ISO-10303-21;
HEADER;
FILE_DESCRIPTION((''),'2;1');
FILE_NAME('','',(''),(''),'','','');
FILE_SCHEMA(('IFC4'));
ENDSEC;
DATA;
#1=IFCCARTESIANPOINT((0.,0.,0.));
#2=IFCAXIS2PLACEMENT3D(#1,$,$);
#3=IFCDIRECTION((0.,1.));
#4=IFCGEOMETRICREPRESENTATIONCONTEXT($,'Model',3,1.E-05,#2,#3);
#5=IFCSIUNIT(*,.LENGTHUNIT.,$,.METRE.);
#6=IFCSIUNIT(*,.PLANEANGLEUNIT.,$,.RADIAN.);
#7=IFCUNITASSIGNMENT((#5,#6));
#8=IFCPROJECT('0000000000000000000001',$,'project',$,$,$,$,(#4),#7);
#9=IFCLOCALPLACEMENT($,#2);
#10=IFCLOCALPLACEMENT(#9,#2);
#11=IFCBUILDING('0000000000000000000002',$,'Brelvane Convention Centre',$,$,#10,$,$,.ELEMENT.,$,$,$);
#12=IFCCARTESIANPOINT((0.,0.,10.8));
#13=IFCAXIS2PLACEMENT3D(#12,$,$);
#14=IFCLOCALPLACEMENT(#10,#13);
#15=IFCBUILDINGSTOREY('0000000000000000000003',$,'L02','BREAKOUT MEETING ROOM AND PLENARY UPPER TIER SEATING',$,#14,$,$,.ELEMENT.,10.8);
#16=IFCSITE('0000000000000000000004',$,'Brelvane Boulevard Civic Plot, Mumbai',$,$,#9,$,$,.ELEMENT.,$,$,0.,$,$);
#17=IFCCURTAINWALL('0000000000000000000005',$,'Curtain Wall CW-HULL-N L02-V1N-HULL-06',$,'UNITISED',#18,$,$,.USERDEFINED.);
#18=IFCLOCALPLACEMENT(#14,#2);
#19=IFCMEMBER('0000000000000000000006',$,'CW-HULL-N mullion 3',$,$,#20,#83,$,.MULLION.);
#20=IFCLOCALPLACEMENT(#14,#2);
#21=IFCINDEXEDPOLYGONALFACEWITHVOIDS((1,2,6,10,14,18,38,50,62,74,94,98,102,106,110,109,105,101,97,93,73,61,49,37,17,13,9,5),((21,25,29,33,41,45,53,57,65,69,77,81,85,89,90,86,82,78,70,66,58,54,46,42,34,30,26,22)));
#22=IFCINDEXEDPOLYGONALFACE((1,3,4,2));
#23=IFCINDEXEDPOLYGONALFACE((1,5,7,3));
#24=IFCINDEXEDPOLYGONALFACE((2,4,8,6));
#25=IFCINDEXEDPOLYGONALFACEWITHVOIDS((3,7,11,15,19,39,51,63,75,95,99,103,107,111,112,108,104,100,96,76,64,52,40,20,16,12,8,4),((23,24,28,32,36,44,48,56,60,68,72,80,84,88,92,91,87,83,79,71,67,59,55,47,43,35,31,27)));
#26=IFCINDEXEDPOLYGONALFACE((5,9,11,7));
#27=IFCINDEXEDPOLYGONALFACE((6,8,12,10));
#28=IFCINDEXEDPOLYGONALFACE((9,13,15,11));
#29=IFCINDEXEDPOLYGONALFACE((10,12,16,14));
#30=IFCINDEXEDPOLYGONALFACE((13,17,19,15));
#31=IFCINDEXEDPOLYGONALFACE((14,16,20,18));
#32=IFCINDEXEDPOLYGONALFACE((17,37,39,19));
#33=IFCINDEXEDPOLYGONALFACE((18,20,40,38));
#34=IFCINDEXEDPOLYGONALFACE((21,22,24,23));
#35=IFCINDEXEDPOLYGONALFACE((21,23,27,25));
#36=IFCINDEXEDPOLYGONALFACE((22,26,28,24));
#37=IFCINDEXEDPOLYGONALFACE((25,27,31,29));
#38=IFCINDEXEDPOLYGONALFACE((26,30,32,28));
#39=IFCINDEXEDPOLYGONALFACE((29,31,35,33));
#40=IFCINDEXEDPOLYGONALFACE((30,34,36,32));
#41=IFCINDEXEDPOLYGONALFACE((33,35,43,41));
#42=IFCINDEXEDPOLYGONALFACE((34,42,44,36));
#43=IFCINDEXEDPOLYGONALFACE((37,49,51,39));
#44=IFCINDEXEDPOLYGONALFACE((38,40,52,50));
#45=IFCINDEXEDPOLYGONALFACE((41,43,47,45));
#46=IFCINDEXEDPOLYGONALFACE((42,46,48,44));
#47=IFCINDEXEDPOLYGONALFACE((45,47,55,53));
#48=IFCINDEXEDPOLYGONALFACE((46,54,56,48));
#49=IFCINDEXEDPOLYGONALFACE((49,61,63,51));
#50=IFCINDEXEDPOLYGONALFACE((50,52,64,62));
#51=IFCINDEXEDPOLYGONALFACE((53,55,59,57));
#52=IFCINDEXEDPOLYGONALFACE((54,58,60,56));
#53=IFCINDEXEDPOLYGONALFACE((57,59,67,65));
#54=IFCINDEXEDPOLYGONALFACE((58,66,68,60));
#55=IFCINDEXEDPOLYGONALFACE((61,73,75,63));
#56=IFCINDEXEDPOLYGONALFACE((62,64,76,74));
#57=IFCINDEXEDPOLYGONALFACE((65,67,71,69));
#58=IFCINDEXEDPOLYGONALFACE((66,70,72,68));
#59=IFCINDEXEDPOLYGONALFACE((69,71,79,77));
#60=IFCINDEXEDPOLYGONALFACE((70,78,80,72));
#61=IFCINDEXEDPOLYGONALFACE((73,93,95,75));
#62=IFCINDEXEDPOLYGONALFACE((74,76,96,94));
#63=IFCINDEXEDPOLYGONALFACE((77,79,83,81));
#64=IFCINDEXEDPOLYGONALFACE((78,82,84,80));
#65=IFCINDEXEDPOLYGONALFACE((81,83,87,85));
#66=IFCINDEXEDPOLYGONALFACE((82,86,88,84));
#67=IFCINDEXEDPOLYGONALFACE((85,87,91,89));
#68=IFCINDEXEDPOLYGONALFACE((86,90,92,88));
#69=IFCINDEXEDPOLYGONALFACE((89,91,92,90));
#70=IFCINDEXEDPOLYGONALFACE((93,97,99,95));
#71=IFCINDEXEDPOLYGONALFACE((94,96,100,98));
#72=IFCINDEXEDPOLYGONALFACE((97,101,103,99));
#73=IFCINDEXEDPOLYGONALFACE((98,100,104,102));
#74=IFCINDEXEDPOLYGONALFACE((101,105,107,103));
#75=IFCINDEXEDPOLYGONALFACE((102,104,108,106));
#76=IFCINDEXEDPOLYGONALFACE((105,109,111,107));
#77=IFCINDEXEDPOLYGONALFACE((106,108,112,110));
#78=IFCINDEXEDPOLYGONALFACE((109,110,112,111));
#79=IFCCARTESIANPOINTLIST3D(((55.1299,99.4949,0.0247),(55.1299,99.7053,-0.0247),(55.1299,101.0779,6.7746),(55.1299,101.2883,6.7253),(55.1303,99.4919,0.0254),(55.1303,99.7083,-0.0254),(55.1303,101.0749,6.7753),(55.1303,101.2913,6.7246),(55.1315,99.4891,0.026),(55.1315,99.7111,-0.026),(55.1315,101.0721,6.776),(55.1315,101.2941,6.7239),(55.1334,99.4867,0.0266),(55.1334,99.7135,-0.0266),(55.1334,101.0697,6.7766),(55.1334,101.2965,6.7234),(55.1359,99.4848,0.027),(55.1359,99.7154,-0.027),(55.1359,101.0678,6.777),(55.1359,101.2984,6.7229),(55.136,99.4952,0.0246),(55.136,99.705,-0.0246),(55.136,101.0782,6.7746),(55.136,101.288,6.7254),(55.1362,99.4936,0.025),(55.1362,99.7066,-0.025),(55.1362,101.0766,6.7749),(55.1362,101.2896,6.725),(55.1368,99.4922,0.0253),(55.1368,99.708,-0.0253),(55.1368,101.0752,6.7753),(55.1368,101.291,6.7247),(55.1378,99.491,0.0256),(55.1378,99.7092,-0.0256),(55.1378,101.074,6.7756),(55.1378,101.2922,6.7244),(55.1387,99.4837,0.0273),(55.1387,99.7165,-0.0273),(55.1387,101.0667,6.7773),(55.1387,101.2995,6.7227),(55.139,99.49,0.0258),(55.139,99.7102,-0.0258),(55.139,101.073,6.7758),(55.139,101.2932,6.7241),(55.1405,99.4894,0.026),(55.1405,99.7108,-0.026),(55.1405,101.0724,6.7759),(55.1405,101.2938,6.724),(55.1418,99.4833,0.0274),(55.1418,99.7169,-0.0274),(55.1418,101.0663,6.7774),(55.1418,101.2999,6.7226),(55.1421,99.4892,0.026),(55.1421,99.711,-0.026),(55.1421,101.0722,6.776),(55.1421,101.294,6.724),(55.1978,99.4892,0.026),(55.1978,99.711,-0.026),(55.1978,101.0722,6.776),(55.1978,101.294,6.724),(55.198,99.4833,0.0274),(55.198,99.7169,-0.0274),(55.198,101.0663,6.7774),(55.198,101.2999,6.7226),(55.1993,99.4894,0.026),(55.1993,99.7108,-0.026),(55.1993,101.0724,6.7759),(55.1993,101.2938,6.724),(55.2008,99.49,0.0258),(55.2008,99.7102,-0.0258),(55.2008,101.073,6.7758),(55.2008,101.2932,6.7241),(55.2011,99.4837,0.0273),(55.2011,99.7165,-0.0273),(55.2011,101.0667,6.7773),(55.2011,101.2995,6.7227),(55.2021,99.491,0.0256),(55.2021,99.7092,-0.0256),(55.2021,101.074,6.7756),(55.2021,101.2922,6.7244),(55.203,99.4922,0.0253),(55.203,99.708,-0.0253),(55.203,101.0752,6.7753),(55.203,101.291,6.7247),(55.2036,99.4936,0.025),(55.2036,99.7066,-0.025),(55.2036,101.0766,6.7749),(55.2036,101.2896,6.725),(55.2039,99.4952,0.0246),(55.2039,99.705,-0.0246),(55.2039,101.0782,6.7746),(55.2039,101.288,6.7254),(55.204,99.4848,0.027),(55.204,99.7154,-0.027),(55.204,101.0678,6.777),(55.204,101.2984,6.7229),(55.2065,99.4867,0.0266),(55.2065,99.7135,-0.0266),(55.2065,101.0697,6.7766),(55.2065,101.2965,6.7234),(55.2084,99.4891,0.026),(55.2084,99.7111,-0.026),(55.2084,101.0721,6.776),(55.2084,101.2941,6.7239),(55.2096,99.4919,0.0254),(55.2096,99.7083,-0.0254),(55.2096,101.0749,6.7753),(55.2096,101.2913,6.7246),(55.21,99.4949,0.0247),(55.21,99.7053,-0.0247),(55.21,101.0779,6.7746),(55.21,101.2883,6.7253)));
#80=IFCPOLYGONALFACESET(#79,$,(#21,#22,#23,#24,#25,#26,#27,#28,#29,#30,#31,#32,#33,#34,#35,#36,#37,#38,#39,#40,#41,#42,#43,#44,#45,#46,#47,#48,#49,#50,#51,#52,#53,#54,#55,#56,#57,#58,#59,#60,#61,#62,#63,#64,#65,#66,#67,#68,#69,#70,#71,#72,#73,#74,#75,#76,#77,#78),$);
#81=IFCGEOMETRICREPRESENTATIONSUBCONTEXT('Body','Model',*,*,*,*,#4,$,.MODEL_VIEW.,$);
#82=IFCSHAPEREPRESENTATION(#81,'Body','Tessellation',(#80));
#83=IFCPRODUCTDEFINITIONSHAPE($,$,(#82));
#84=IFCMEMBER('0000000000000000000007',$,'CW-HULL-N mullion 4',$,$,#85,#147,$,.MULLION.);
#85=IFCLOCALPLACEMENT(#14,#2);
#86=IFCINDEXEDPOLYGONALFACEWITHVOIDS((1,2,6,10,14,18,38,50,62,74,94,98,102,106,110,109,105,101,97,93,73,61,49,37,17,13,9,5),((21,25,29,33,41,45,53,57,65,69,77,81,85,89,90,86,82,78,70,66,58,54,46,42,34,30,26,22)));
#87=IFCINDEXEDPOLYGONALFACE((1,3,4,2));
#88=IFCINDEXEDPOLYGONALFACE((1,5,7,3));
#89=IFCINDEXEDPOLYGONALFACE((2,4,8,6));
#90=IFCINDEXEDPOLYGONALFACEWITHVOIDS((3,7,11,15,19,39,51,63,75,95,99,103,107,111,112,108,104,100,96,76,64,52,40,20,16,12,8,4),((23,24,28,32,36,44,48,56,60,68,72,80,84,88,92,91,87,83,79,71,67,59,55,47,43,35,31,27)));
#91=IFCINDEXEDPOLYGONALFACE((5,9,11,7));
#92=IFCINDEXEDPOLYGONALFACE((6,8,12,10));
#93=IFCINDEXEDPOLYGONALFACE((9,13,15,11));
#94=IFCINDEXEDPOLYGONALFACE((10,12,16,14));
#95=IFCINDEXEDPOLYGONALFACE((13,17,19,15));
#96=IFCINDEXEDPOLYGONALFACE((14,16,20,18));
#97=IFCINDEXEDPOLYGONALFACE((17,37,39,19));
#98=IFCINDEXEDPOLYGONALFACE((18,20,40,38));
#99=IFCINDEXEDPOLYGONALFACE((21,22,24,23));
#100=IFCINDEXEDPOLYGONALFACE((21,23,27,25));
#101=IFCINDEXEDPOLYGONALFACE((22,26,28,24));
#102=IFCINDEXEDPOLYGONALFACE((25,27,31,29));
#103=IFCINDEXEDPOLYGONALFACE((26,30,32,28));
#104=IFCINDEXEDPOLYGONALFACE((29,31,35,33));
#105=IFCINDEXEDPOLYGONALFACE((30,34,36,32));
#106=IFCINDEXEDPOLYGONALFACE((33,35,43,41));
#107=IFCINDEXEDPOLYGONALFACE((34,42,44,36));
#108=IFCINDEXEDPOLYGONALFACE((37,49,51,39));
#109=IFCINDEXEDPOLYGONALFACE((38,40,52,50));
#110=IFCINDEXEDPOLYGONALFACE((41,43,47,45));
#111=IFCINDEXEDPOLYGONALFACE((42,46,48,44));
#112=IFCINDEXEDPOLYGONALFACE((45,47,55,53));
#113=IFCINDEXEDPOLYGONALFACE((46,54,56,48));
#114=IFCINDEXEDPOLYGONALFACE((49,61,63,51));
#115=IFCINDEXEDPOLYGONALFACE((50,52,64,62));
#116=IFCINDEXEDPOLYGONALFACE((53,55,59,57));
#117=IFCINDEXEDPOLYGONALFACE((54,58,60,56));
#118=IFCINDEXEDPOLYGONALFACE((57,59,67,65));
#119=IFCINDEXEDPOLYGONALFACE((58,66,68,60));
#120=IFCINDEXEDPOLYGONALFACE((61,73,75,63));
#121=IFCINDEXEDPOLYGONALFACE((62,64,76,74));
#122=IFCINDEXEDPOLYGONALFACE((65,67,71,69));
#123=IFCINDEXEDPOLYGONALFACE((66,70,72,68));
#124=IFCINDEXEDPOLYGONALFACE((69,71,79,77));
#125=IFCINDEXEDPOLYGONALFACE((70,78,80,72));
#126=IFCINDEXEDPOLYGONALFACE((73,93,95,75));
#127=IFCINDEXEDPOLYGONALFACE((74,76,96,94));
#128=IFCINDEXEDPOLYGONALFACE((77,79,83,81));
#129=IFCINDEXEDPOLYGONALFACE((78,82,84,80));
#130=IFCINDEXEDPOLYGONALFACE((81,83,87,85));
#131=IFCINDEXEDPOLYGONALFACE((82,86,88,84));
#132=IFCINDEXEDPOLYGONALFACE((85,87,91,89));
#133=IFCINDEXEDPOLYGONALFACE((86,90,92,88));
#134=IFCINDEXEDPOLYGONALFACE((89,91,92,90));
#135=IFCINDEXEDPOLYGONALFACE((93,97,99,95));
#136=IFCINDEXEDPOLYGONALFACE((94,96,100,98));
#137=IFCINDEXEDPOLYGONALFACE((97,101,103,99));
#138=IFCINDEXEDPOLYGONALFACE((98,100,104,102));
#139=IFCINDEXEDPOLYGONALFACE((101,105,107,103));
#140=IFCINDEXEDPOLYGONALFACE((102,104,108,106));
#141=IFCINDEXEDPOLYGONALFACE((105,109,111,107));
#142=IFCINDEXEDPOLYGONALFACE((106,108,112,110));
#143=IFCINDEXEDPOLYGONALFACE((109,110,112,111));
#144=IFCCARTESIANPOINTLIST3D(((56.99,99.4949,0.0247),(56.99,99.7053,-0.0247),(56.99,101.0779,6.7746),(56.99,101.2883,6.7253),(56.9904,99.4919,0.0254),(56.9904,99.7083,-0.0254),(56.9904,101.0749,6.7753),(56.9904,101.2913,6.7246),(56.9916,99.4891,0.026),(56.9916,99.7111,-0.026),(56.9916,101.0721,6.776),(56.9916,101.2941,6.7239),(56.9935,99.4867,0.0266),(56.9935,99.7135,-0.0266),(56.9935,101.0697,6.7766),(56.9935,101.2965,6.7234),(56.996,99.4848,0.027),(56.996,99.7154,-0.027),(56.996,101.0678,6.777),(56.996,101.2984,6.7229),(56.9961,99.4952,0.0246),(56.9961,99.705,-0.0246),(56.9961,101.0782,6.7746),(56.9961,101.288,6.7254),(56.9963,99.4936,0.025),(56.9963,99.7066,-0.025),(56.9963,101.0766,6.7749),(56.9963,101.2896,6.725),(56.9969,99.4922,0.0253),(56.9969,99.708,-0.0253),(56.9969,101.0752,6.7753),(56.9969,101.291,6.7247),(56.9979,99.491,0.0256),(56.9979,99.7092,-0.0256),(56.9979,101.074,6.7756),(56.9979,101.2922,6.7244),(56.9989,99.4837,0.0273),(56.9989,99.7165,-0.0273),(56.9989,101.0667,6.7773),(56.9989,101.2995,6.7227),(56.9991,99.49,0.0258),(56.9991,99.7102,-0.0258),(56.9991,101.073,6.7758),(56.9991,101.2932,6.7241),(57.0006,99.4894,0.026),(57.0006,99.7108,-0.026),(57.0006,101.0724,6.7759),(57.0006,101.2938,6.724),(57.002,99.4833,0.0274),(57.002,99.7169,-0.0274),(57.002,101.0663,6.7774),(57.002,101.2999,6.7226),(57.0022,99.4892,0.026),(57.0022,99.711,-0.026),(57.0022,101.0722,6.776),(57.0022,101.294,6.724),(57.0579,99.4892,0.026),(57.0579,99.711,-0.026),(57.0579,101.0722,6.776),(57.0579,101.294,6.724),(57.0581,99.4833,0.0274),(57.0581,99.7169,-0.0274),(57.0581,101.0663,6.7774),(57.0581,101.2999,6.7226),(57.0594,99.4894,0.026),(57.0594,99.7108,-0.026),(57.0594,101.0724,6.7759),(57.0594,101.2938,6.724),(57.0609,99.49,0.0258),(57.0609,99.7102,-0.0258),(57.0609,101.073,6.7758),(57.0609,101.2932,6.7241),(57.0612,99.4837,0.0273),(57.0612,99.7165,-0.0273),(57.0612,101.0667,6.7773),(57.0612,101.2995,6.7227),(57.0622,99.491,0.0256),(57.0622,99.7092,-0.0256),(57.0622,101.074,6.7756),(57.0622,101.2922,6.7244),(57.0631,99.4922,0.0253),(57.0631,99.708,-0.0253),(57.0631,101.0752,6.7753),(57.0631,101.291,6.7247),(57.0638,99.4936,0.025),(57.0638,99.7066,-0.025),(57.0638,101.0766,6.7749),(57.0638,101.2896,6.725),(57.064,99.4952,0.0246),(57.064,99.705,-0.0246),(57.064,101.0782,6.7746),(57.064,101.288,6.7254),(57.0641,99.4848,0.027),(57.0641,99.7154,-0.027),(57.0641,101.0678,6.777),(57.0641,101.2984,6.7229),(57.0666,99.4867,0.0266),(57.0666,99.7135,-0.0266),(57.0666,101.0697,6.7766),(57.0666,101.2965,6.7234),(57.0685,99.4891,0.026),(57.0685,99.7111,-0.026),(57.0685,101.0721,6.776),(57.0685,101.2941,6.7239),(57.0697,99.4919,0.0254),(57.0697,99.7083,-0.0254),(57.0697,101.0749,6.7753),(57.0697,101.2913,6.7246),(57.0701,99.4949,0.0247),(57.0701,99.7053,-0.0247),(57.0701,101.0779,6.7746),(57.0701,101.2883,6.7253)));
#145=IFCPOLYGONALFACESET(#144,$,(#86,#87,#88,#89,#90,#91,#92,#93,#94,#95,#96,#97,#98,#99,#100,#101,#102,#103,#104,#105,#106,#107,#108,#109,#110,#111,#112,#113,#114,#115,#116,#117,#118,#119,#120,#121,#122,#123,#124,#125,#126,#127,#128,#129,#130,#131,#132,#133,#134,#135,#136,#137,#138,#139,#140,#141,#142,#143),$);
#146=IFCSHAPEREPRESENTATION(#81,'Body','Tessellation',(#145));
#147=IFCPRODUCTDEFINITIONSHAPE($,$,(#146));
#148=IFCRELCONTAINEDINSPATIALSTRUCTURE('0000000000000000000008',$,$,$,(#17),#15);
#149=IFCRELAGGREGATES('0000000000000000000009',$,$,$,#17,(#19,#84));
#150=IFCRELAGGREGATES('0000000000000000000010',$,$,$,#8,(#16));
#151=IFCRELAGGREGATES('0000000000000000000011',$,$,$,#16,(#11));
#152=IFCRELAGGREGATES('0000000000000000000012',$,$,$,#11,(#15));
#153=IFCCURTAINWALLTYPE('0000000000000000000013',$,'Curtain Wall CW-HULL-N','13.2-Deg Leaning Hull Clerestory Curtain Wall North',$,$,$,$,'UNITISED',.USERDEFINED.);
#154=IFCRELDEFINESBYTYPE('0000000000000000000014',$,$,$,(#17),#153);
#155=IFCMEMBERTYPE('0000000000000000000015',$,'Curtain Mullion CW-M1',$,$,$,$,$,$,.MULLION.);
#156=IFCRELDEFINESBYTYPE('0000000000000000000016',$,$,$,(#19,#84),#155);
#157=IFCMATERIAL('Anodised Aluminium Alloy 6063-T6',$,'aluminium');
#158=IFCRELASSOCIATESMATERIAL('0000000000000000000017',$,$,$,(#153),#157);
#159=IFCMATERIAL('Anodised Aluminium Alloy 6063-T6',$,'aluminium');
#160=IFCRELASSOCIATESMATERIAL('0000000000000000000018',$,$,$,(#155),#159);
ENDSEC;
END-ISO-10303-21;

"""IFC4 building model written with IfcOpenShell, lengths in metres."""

from ifc_helpers import new_model, si_unit, direction, frame, origin, origin_2d, place, context, subcontext, project, spatial, hollow_rectangle, extrude, material, material_profile, profile_set, type_object, element, aggregate, save


model = new_model("IFC4")

# Units and contexts
model_context = context("Model", 3, precision=1e-05, world=origin(), true_north=direction((0.0, 1.0)))
body_context = subcontext(model_context, "Body", "Model", "MODEL_VIEW")
ifc_project = project(units=[si_unit("LENGTHUNIT", "METRE"), si_unit("PLANEANGLEUNIT", "RADIAN")], contexts=[model_context])

# Site, building, storey
site_placement = place(None, origin())
site = spatial("IfcSite", under=ifc_project, at=site_placement, Name="Brelvane Boulevard Civic Plot, Mumbai", CompositionType="ELEMENT", RefElevation=0.0)
building_placement = place(site_placement, origin())
building = spatial("IfcBuilding", under=site, at=building_placement, Name="Brelvane Convention Centre", CompositionType="ELEMENT")
storey_placement = place(building_placement, frame((0.0, 0.0, 10.8)))
storey = spatial("IfcBuildingStorey", under=building, at=storey_placement, Name="L02", Description="BREAKOUT MEETING ROOM AND PLENARY UPPER TIER SEATING", CompositionType="ELEMENT", Elevation=10.8)

# Curtain wall, members
ifc_material_1 = material(Name="Anodised Aluminium Alloy 6063-T6", Category="aluminium")
curtain_wall_type = type_object("IfcCurtainWallType", Name="Curtain Wall CW-HULL-N", Description="13.2-Deg Leaning Hull Clerestory Curtain Wall North", ElementType="UNITISED", PredefinedType="USERDEFINED", material=ifc_material_1)
curtain_wall_placement = place(storey_placement, origin())
curtain_wall = element("IfcCurtainWall", 1, at=curtain_wall_placement, inside=storey, type_object=curtain_wall_type, Name="Curtain Wall CW-HULL-N L02-V1N-HULL-06", ObjectType="UNITISED", PredefinedType="USERDEFINED")
ifc_material_2 = material(Name="Anodised Aluminium Alloy 6063-T6", Category="aluminium")
ifc_material_profile_1 = material_profile(ifc_material_2, hollow_rectangle(XDim=0.0801, YDim=0.24, WallThickness=0.0061, InnerFilletRadius=0.0061, OuterFilletRadius=0.012, at=origin_2d()), Name="ALU-M 240x80x6.0")
ifc_profile_set_1 = profile_set([ifc_material_profile_1], Name="Anodised Aluminium Alloy 6063-T6")
member_type_1 = type_object("IfcMemberType", Name="Curtain Mullion CW-M1", PredefinedType="MULLION", material=ifc_profile_set_1)
member_1_placement = place(storey_placement, frame((55.1699, 99.6001, 0.0), z_axis=(0.0, 0.228325, 0.973585), x_axis=(-1.0, 0.0, 0.0)))
member_1 = element("IfcMember", 2, at=member_1_placement, type_object=member_type_1, Name="CW-HULL-N mullion 3", PredefinedType="MULLION", context=body_context, shape_type="SweptSolid", body=[
    extrude(hollow_rectangle(XDim=0.0801, YDim=0.24, WallThickness=0.0061, InnerFilletRadius=0.0061, OuterFilletRadius=0.012, at=origin_2d()), origin(), (0.0, 0.0, 1.0), 6.9331),
])
member_2_placement = place(storey_placement, frame((57.03, 99.6001, 0.0), z_axis=(0.0, 0.228325, 0.973585), x_axis=(-1.0, 0.0, 0.0)))
member_2 = element("IfcMember", 3, at=member_2_placement, type_object=member_type_1, Name="CW-HULL-N mullion 4", PredefinedType="MULLION", context=body_context, shape_type="SweptSolid", body=[
    extrude(hollow_rectangle(XDim=0.0801, YDim=0.24, WallThickness=0.0061, InnerFilletRadius=0.0061, OuterFilletRadius=0.012, at=origin_2d()), origin(), (0.0, 0.0, 1.0), 6.9331),
])

aggregate(curtain_wall, [member_1, member_2])

save(model, "model.ifc")
